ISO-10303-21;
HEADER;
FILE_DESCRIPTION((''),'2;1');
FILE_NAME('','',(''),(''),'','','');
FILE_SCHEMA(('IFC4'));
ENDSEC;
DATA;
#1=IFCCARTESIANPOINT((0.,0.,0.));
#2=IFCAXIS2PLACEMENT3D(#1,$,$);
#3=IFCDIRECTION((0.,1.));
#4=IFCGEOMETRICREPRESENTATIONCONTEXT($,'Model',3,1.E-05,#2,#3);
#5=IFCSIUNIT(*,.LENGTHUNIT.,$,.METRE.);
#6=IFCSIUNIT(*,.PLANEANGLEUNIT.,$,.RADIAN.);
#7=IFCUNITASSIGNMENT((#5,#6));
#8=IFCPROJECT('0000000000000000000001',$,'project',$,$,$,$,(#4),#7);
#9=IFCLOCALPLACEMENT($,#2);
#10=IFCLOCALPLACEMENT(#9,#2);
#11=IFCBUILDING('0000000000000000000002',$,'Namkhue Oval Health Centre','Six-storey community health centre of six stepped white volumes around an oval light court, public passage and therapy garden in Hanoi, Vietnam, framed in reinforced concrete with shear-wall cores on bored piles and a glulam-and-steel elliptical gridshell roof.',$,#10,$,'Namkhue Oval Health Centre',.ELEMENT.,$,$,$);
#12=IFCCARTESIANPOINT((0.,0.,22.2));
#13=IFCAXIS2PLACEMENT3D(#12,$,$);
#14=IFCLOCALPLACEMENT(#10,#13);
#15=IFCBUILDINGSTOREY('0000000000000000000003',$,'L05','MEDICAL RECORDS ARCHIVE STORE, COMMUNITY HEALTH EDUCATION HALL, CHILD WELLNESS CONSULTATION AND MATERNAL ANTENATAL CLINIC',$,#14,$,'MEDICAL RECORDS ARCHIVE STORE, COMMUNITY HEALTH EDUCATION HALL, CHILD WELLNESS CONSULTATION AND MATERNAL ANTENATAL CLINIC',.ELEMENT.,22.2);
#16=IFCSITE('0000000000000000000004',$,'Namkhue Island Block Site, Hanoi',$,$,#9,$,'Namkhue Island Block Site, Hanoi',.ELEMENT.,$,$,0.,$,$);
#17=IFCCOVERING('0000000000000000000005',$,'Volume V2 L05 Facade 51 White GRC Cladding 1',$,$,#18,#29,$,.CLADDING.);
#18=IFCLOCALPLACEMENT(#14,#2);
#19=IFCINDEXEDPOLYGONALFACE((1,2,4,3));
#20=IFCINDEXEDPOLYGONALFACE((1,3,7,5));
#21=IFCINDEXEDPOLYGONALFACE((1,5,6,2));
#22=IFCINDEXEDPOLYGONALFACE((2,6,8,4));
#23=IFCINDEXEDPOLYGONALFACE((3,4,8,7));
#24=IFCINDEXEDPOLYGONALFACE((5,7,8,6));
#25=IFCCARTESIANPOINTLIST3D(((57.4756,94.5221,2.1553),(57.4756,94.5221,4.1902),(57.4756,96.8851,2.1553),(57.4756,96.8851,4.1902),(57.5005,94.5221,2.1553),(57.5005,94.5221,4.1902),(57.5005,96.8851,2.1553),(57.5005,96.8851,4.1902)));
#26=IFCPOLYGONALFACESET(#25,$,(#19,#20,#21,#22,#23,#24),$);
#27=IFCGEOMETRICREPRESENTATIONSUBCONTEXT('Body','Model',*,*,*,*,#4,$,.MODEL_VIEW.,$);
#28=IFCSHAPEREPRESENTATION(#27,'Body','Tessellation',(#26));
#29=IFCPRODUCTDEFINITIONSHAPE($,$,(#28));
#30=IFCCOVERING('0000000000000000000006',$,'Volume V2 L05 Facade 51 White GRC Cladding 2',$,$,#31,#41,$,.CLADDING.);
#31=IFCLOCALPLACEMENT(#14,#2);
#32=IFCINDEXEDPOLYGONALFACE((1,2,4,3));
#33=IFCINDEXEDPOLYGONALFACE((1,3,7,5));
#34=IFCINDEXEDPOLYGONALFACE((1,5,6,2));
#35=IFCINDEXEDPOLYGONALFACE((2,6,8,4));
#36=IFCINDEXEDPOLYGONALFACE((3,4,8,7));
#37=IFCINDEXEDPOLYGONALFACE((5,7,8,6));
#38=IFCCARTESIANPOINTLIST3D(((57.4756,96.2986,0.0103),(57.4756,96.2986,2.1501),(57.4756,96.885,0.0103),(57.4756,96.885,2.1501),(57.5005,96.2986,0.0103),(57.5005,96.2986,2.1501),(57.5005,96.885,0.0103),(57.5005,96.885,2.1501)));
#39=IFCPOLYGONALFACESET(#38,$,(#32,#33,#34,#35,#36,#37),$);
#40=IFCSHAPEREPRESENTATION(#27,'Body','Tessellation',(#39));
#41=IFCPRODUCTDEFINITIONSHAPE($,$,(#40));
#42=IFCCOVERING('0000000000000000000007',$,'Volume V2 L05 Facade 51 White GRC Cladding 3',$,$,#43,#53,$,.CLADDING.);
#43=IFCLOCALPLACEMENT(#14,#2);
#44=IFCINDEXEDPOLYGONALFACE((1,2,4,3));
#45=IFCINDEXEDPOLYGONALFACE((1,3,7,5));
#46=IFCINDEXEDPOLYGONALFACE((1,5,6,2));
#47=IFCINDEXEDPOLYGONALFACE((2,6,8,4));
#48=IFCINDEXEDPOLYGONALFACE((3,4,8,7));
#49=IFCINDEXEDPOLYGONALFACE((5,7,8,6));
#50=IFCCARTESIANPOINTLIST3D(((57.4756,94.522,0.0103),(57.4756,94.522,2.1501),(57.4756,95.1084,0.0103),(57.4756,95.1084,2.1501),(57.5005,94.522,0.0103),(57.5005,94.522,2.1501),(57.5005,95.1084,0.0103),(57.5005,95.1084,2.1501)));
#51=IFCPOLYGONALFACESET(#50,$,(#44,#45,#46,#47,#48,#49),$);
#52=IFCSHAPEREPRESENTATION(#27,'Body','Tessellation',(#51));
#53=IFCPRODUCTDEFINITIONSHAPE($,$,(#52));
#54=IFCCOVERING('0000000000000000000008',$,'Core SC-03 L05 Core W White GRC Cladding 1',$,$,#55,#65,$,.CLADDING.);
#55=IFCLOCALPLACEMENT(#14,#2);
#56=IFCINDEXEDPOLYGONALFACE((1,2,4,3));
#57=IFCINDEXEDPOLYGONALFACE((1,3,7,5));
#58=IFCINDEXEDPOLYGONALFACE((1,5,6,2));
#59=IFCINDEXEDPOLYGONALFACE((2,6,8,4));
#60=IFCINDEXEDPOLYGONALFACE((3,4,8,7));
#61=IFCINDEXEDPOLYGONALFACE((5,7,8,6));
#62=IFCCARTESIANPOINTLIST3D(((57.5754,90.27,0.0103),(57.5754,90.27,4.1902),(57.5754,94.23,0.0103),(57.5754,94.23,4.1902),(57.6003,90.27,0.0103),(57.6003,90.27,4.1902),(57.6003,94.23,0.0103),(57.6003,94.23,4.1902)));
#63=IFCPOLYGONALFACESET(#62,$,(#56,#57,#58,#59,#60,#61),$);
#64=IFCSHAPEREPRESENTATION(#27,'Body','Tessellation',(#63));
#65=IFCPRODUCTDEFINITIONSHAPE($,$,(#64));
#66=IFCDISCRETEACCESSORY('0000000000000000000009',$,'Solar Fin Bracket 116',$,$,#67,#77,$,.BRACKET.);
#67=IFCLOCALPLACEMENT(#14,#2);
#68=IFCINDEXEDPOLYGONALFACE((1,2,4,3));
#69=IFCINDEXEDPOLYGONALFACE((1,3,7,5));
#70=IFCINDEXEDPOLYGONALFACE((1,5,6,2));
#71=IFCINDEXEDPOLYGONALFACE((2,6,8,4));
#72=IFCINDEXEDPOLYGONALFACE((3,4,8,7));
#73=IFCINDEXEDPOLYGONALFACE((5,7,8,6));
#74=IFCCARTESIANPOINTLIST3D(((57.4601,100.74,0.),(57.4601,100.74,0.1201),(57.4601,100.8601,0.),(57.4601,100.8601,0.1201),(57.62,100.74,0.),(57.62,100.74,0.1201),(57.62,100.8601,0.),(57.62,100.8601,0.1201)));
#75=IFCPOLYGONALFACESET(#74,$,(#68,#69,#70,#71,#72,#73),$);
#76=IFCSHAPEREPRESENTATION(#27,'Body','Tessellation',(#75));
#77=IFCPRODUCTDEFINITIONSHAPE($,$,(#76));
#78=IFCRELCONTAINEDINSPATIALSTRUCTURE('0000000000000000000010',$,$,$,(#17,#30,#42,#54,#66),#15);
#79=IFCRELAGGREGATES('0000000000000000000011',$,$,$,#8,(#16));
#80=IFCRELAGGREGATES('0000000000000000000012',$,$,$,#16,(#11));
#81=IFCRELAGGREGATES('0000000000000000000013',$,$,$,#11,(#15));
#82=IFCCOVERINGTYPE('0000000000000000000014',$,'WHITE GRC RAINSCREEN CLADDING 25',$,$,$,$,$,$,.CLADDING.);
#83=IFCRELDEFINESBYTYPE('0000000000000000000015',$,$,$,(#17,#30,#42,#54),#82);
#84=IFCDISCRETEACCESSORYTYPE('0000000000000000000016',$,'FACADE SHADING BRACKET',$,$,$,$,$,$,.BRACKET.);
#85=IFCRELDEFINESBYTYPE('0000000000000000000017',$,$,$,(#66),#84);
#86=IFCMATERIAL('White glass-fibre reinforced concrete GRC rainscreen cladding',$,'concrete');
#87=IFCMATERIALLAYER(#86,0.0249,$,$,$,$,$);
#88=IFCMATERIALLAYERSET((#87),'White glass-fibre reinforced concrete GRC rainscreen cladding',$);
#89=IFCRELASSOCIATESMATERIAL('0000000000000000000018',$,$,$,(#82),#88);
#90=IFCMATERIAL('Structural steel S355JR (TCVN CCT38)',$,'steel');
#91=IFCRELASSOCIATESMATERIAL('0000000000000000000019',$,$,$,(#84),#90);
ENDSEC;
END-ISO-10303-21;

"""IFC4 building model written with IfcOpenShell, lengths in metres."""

from ifc_helpers import new_model, si_unit, direction, frame, origin, origin_2d, place, context, subcontext, project, spatial, rectangle, extrude, material, layer, layer_set, type_object, element, save


model = new_model("IFC4")

# Units and contexts
model_context = context("Model", 3, precision=1e-05, world=origin(), true_north=direction((0.0, 1.0)))
body_context = subcontext(model_context, "Body", "Model", "MODEL_VIEW")
ifc_project = project(units=[si_unit("LENGTHUNIT", "METRE"), si_unit("PLANEANGLEUNIT", "RADIAN")], contexts=[model_context])

# Site, building, storey
site_placement = place(None, origin())
site = spatial("IfcSite", under=ifc_project, at=site_placement, Name="Namkhue Island Block Site, Hanoi", LongName="Namkhue Island Block Site, Hanoi", CompositionType="ELEMENT", RefElevation=0.0)
building_placement = place(site_placement, origin())
building = spatial("IfcBuilding", under=site, at=building_placement, Name="Namkhue Oval Health Centre", Description="Six-storey community health centre of six stepped white volumes around an oval light court, public passage and therapy garden in Hanoi, Vietnam, framed in reinforced concrete with shear-wall cores on bored piles and a glulam-and-steel elliptical gridshell roof.", LongName="Namkhue Oval Health Centre", CompositionType="ELEMENT")
storey_placement = place(building_placement, frame((0.0, 0.0, 22.2)))
storey = spatial("IfcBuildingStorey", under=building, at=storey_placement, Name="L05", Description="MEDICAL RECORDS ARCHIVE STORE, COMMUNITY HEALTH EDUCATION HALL, CHILD WELLNESS CONSULTATION AND MATERNAL ANTENATAL CLINIC", LongName="MEDICAL RECORDS ARCHIVE STORE, COMMUNITY HEALTH EDUCATION HALL, CHILD WELLNESS CONSULTATION AND MATERNAL ANTENATAL CLINIC", CompositionType="ELEMENT", Elevation=22.2)

# Coverings
ifc_material_1 = material(Name="White glass-fibre reinforced concrete GRC rainscreen cladding", Category="concrete")
ifc_layer_1 = layer(ifc_material_1, 0.0249)
ifc_layer_set_1 = layer_set([ifc_layer_1], Name="White glass-fibre reinforced concrete GRC rainscreen cladding")
covering_type = type_object("IfcCoveringType", Name="WHITE GRC RAINSCREEN CLADDING 25", PredefinedType="CLADDING", material=ifc_layer_set_1)
covering_1_placement = place(storey_placement, frame((57.488, 95.7036, 2.1553), z_axis=(0.0, 0.0, 1.0), x_axis=(0.0, -1.0, 0.0)))
element("IfcCovering", 1, at=covering_1_placement, inside=storey, type_object=covering_type, Name="Volume V2 L05 Facade 51 White GRC Cladding 1", PredefinedType="CLADDING", context=body_context, shape_type="SweptSolid", body=[
    extrude(rectangle(XDim=2.363, YDim=0.0249, at=origin_2d()), origin(), (0.0, 0.0, 1.0), 2.0349),
])
for number, where, z_axis, x_axis, name in (
    (2, (57.488, 96.5918, 0.0103), (0.0, 0.0, 1.0), (0.0, -1.0, 0.0), "Volume V2 L05 Facade 51 White GRC Cladding 2"),
    (3, (57.488, 94.8152, 0.0103), (0.0, 0.0, 1.0), (0.0, -1.0, 0.0), "Volume V2 L05 Facade 51 White GRC Cladding 3"),
):
    element("IfcCovering", number, at=place(storey_placement, frame(where, z_axis=z_axis, x_axis=x_axis)), inside=storey, type_object=covering_type, Name=name, PredefinedType="CLADDING", context=body_context, shape_type="SweptSolid", body=[
        extrude(rectangle(XDim=0.5864, YDim=0.0249, at=origin_2d()), origin(), (0.0, 0.0, 1.0), 2.1399),
    ])
covering_2_placement = place(storey_placement, frame((57.5879, 92.25, 0.0103), z_axis=(0.0, 0.0, 1.0), x_axis=(0.0, -1.0, 0.0)))
element("IfcCovering", 4, at=covering_2_placement, inside=storey, type_object=covering_type, Name="Core SC-03 L05 Core W White GRC Cladding 1", PredefinedType="CLADDING", context=body_context, shape_type="SweptSolid", body=[
    extrude(rectangle(XDim=3.96, YDim=0.0249, at=origin_2d()), origin(), (0.0, 0.0, 1.0), 4.1799),
])

# Discrete accessory
ifc_material_2 = material(Name="Structural steel S355JR (TCVN CCT38)", Category="steel")
discrete_accessory_type = type_object("IfcDiscreteAccessoryType", Name="FACADE SHADING BRACKET", PredefinedType="BRACKET", material=ifc_material_2)
discrete_accessory_placement = place(storey_placement, frame((57.54, 100.8, 0.0), z_axis=(0.0, 0.0, 1.0), x_axis=(-1.0, 0.0, 0.0)))
element("IfcDiscreteAccessory", 5, at=discrete_accessory_placement, inside=storey, type_object=discrete_accessory_type, Name="Solar Fin Bracket 116", PredefinedType="BRACKET", context=body_context, shape_type="SweptSolid", body=[
    extrude(rectangle(XDim=0.1599, YDim=0.1201, at=origin_2d()), origin(), (0.0, 0.0, 1.0), 0.1201),
])

save(model, "model.ifc")
